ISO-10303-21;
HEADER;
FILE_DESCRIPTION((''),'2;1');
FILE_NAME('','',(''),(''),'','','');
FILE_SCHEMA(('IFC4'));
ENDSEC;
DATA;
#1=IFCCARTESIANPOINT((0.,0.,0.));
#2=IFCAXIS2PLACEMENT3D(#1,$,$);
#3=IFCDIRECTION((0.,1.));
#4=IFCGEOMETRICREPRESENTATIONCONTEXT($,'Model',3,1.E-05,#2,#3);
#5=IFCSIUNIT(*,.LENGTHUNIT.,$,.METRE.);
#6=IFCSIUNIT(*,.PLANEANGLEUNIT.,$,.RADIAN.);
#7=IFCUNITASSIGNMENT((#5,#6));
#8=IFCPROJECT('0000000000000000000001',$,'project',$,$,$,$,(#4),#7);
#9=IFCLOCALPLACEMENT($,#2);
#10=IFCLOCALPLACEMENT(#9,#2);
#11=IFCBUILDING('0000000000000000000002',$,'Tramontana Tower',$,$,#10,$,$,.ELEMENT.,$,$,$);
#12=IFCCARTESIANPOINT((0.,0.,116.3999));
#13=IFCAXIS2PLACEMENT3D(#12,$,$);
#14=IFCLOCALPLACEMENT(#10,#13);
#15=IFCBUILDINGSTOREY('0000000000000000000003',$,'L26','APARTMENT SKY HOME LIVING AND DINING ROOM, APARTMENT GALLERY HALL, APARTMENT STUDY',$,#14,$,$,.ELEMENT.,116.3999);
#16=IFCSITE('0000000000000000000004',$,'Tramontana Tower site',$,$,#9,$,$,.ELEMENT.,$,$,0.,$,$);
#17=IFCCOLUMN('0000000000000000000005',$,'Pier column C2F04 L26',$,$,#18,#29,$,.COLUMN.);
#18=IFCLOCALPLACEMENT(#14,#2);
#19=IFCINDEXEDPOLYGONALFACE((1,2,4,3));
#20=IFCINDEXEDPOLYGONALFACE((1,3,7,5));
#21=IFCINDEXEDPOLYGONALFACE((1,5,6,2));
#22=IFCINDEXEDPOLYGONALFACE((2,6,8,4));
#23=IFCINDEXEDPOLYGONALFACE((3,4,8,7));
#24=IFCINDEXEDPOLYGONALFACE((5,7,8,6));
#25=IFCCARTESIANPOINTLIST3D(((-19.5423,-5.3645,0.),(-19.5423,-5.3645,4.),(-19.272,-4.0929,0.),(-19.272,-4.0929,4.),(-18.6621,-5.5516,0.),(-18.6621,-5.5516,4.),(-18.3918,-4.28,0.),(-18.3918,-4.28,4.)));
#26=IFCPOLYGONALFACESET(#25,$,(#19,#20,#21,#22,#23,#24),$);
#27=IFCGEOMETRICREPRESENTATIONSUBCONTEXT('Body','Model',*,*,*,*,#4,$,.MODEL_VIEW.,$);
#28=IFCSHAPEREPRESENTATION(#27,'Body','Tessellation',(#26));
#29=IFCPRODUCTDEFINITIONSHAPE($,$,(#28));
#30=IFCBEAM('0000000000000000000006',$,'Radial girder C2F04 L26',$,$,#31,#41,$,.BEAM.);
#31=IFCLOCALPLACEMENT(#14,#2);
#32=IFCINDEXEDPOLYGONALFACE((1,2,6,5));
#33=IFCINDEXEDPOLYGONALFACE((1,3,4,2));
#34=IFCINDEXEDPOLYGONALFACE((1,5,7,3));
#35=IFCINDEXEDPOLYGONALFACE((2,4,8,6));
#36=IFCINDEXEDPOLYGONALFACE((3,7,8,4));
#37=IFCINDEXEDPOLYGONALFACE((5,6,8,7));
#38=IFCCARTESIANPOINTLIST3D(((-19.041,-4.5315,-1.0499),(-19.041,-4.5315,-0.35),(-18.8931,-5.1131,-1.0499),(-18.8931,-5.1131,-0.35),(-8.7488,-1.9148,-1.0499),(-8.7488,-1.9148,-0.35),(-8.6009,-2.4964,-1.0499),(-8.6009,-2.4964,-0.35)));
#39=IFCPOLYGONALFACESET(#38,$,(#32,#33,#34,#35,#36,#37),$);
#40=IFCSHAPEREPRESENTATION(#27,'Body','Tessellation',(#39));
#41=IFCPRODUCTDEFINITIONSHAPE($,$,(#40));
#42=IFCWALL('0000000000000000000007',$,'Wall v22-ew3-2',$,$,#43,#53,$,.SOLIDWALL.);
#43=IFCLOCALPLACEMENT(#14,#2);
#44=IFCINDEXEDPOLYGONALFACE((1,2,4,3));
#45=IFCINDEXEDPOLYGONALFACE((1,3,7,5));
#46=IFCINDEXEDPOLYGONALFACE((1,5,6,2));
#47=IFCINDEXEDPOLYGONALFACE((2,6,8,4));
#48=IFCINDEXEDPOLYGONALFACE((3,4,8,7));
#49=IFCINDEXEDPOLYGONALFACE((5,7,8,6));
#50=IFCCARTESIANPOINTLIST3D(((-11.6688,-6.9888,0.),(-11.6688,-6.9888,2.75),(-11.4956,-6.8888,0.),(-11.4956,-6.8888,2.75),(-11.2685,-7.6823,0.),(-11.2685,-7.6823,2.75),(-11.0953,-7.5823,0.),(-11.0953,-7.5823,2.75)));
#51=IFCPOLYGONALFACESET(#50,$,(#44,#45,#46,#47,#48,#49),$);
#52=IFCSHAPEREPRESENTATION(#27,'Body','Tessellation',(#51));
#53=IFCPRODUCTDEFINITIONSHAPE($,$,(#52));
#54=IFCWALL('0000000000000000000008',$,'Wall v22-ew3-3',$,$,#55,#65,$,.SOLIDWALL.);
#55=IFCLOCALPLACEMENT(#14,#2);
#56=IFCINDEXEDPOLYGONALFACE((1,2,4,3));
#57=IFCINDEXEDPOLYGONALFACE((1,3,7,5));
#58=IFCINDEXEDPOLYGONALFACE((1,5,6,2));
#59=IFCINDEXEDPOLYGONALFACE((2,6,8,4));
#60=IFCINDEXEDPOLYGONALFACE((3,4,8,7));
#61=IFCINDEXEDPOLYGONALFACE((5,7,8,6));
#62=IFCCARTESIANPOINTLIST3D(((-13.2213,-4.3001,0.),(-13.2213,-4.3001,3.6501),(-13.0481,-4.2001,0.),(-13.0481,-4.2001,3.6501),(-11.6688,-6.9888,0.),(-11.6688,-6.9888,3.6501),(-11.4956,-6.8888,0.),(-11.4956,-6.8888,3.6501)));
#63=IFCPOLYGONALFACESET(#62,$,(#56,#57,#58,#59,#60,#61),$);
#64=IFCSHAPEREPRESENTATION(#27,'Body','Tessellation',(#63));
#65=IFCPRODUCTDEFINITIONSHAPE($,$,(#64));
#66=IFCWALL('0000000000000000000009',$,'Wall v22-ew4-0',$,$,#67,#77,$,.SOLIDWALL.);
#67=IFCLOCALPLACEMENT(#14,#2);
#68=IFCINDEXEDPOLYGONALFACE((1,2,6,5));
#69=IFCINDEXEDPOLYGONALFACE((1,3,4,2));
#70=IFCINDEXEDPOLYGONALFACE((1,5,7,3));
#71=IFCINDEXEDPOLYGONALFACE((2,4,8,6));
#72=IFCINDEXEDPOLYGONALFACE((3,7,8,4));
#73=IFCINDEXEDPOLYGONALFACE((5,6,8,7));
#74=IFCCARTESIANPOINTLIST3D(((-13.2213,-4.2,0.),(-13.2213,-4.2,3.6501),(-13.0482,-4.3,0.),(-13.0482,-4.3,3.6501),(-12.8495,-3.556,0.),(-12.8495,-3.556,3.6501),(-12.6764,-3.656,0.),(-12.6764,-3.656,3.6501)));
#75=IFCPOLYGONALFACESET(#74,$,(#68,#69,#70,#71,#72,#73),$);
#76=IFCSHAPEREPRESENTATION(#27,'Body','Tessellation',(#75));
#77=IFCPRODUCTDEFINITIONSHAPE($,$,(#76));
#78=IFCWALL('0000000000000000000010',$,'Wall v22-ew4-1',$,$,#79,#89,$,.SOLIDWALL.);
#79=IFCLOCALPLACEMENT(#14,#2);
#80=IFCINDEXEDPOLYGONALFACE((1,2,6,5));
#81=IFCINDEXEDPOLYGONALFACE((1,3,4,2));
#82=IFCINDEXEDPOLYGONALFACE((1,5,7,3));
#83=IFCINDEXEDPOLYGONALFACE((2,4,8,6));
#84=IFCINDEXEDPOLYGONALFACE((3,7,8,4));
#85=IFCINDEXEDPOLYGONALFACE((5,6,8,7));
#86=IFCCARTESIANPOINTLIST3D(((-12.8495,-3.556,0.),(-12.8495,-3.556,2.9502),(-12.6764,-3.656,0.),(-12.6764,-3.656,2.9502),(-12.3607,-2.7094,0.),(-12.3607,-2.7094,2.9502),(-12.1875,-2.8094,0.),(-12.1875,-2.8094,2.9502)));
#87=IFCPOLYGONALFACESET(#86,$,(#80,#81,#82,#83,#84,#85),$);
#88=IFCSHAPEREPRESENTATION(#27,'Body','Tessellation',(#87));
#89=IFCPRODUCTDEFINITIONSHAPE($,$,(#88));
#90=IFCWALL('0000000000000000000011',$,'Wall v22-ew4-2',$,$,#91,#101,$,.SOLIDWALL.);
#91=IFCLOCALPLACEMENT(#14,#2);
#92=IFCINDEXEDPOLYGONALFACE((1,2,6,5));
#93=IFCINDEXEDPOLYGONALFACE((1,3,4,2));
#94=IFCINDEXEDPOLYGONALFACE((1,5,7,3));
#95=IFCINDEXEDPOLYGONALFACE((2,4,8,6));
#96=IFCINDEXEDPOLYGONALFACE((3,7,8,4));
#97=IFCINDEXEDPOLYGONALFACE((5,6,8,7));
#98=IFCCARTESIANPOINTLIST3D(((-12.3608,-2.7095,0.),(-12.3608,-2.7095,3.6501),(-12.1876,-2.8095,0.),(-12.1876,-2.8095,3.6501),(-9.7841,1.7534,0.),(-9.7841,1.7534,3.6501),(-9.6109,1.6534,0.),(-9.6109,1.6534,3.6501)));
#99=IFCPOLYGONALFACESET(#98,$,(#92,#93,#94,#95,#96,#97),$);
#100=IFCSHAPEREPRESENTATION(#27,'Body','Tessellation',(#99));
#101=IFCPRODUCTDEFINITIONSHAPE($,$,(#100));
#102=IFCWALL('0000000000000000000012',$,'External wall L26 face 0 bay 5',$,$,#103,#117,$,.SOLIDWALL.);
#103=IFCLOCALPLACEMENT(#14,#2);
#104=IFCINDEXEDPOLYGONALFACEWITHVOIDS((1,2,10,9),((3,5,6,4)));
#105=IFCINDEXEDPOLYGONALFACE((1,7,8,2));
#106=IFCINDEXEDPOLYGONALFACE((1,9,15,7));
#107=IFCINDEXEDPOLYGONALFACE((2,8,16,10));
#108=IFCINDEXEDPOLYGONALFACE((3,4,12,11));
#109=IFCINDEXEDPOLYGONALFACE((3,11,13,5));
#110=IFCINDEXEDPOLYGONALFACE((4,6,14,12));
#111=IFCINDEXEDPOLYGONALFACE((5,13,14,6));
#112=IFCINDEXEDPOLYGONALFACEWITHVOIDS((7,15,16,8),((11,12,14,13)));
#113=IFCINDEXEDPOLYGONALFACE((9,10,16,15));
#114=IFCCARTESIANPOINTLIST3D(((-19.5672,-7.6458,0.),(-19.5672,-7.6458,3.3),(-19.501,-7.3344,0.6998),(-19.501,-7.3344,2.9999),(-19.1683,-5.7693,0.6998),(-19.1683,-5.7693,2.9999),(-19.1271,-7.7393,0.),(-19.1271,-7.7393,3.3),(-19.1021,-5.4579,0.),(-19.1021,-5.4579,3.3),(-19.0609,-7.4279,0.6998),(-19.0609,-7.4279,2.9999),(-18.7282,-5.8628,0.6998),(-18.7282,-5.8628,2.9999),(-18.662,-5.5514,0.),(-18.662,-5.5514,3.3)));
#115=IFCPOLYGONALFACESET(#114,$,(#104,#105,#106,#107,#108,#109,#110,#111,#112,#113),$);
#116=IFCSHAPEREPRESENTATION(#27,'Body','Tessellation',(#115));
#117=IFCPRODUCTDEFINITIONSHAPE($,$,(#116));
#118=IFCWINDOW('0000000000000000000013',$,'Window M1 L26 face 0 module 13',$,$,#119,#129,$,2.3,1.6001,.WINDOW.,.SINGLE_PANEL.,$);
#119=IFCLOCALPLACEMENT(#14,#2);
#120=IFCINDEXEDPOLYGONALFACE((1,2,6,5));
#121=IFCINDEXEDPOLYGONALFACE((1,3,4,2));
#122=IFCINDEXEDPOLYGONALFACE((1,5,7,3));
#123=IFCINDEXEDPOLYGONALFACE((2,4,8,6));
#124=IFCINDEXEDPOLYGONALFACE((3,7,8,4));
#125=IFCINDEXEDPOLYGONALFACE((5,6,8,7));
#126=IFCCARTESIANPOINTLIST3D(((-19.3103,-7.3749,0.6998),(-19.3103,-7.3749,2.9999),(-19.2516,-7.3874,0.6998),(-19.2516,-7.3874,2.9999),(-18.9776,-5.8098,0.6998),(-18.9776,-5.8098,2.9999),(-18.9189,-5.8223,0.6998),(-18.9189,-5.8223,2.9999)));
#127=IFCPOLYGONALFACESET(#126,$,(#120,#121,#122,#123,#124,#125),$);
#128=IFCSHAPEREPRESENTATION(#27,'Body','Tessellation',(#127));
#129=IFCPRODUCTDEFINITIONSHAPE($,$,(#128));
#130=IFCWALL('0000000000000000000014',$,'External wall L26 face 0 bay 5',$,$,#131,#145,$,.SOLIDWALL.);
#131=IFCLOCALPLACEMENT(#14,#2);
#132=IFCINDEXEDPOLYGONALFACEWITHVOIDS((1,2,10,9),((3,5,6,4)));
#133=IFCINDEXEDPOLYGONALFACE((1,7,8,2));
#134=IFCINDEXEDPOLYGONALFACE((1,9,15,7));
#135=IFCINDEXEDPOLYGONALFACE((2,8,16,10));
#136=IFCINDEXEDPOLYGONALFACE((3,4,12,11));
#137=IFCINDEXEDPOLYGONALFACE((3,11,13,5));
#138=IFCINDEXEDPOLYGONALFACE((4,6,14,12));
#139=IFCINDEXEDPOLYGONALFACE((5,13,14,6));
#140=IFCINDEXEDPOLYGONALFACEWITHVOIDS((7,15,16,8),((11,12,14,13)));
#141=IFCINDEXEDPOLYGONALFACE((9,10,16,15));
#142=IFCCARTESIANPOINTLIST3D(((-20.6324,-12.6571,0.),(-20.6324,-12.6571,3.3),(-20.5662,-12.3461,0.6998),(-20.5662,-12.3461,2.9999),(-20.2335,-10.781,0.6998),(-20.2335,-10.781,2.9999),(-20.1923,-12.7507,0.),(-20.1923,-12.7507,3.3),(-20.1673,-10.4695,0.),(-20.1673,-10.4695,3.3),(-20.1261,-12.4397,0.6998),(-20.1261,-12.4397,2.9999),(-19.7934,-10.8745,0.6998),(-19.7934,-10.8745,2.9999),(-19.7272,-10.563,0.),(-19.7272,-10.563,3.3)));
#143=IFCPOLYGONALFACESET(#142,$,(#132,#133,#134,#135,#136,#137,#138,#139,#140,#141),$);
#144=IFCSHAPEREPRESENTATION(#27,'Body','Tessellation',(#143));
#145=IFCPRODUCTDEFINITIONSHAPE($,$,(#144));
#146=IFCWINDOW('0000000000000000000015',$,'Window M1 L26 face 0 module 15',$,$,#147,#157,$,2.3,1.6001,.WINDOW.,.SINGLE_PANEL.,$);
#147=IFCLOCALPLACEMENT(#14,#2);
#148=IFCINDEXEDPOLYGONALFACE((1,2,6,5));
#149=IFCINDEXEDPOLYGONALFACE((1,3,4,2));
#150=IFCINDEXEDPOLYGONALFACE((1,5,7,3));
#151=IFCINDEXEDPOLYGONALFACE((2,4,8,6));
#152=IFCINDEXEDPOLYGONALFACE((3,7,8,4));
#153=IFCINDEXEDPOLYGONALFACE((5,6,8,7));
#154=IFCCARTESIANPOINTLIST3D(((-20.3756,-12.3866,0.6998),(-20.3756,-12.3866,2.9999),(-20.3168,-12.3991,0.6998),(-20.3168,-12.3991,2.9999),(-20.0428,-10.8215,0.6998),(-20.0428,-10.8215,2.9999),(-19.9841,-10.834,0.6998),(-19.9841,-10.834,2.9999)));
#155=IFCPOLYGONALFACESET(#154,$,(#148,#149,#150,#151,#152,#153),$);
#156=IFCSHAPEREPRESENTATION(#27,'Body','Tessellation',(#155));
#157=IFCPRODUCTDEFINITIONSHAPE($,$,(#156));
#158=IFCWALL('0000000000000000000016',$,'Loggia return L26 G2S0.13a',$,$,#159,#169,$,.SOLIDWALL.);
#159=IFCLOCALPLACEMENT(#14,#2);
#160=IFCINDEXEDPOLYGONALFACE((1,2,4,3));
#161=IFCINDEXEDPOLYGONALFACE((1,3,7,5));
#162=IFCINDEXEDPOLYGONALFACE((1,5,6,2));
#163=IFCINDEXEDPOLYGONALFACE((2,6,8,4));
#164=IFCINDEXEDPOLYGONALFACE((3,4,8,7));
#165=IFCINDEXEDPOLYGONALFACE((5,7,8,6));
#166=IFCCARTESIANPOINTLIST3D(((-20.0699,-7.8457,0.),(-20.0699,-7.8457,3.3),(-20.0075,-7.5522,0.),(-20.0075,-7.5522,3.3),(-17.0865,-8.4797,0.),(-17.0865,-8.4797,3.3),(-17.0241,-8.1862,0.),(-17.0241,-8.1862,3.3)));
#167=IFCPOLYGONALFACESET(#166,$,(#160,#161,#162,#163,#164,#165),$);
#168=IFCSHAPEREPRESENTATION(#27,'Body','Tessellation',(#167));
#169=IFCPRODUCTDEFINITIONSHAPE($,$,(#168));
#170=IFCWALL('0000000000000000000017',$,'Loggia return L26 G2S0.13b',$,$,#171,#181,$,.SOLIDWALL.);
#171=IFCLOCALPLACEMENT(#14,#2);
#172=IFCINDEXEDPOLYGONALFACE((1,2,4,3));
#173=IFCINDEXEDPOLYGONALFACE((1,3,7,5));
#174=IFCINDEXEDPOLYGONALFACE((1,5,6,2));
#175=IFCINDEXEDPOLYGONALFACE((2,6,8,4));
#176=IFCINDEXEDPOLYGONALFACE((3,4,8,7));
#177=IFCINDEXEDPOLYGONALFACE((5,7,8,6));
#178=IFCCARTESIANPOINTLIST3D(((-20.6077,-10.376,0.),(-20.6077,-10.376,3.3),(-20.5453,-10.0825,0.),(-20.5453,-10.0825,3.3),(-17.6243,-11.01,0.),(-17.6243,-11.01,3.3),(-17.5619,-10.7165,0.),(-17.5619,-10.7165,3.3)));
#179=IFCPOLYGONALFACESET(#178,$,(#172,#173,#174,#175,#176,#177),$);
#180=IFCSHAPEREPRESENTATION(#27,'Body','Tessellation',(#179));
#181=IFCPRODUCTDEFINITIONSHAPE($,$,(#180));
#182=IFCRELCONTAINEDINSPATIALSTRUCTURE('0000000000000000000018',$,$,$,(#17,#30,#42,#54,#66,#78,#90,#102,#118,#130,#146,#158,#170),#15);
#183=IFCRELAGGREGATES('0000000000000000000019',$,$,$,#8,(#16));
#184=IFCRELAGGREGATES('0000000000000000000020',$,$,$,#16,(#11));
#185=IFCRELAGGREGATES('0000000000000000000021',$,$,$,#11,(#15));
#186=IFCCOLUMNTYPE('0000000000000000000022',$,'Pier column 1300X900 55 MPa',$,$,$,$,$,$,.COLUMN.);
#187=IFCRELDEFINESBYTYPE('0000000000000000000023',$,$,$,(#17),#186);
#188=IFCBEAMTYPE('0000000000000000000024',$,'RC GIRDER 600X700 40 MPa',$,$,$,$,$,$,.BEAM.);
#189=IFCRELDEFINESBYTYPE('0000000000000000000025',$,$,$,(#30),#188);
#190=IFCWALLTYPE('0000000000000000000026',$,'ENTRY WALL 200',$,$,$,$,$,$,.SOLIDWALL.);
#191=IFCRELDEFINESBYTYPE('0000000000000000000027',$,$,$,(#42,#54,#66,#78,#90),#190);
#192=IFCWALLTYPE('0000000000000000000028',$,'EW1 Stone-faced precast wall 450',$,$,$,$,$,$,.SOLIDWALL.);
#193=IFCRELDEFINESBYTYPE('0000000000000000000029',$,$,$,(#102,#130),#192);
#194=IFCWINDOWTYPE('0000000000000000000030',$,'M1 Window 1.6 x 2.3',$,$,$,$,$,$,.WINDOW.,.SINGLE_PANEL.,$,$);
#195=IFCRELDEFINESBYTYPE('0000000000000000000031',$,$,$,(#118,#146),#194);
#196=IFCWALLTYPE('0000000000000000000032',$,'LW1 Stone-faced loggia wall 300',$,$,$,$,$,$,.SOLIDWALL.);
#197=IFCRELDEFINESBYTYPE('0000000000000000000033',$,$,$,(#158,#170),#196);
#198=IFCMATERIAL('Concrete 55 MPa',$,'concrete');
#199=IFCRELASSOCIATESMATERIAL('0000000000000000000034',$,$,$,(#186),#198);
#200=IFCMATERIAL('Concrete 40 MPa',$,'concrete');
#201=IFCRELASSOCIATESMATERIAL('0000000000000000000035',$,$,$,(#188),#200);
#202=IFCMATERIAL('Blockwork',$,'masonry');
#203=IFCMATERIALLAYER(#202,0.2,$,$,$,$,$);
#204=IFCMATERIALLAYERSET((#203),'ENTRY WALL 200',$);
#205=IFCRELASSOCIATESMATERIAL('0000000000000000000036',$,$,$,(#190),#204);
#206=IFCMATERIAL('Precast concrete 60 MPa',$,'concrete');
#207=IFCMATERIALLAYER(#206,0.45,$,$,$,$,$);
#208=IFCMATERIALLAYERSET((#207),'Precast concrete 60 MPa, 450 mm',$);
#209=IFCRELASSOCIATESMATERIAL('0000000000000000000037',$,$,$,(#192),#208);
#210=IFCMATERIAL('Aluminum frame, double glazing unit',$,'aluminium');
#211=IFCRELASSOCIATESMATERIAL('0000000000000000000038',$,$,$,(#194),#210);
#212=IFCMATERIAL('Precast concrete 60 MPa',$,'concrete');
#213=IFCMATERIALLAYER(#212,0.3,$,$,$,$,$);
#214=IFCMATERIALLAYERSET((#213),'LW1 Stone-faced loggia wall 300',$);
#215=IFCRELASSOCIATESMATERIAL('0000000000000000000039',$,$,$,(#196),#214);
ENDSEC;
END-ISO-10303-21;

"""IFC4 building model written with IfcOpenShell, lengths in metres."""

from ifc_helpers import new_model, si_unit, direction, frame, frame_2d, origin, origin_2d, place, context, subcontext, project, spatial, rectangle, extrude, material, layer, layer_set, material_profile, profile_set, type_object, element, fill, save


model = new_model("IFC4")

# Units and contexts
model_context = context("Model", 3, precision=1e-05, world=origin(), true_north=direction((0.0, 1.0)))
body_context = subcontext(model_context, "Body", "Model", "MODEL_VIEW")
ifc_project = project(units=[si_unit("LENGTHUNIT", "METRE"), si_unit("PLANEANGLEUNIT", "RADIAN")], contexts=[model_context])

# Site, building, storey
site_placement = place(None, origin())
site = spatial("IfcSite", under=ifc_project, at=site_placement, Name="Tramontana Tower site", CompositionType="ELEMENT", RefElevation=0.0)
building_placement = place(site_placement, origin())
building = spatial("IfcBuilding", under=site, at=building_placement, Name="Tramontana Tower", CompositionType="ELEMENT")
storey_placement = place(building_placement, frame((0.0, 0.0, 116.3999)))
storey = spatial("IfcBuildingStorey", under=building, at=storey_placement, Name="L26", Description="APARTMENT SKY HOME LIVING AND DINING ROOM, APARTMENT GALLERY HALL, APARTMENT STUDY", CompositionType="ELEMENT", Elevation=116.3999)

# Column
ifc_material_1 = material(Name="Concrete 55 MPa", Category="concrete")
ifc_material_profile_1 = material_profile(ifc_material_1, rectangle(XDim=1.3, YDim=0.8999, at=origin_2d()), Name="Pier column 1300X900 55 MPa")
ifc_profile_set_1 = profile_set([ifc_material_profile_1], Name="Concrete 55 MPa")
column_type = type_object("IfcColumnType", Name="Pier column 1300X900 55 MPa", PredefinedType="COLUMN", material=ifc_profile_set_1)
column_placement = place(storey_placement, frame((-18.967, -4.8223, 0.0), z_axis=(0.0, 0.0, 1.0), x_axis=(-0.207912, -0.978148, 0.0)))
element("IfcColumn", 1, at=column_placement, inside=storey, type_object=column_type, Name="Pier column C2F04 L26", PredefinedType="COLUMN", context=body_context, shape_type="SweptSolid", body=[
    extrude(rectangle(XDim=1.3, YDim=0.8999, at=origin_2d()), origin(), (0.0, 0.0, 1.0), 4.0),
])

# Beam
ifc_material_2 = material(Name="Concrete 40 MPa", Category="concrete")
ifc_material_profile_2 = material_profile(ifc_material_2, rectangle(XDim=0.6001, YDim=0.7, at=origin_2d()), Name="RC GIRDER 600X700 40 MPa")
ifc_profile_set_2 = profile_set([ifc_material_profile_2], Name="Concrete 40 MPa")
beam_type = type_object("IfcBeamType", Name="RC GIRDER 600X700 40 MPa", PredefinedType="BEAM", material=ifc_profile_set_2)
beam_placement = place(storey_placement, frame((-18.967, -4.8223, -0.7), z_axis=(0.969168, 0.246401, 0.0), x_axis=(-0.246401, 0.969168, 0.0)))
element("IfcBeam", 2, at=beam_placement, inside=storey, type_object=beam_type, Name="Radial girder C2F04 L26", PredefinedType="BEAM", context=body_context, shape_type="SweptSolid", body=[
    extrude(rectangle(XDim=0.6001, YDim=0.7, at=origin_2d()), origin(), (0.0, 0.0, 1.0), 10.6196),
])

# Walls
ifc_material_3 = material(Name="Blockwork", Category="masonry")
ifc_layer_1 = layer(ifc_material_3, 0.2)
ifc_layer_set_1 = layer_set([ifc_layer_1], Name="ENTRY WALL 200")
wall_type_1 = type_object("IfcWallType", Name="ENTRY WALL 200", PredefinedType="SOLIDWALL", material=ifc_layer_set_1)
wall_1_placement = place(storey_placement, frame((-11.1819, -7.6323, 0.0), z_axis=(0.0, 0.0, 1.0), x_axis=(-0.499942, 0.866059, 0.0)))
element("IfcWall", 3, at=wall_1_placement, inside=storey, type_object=wall_type_1, Name="Wall v22-ew3-2", PredefinedType="SOLIDWALL", context=body_context, shape_type="SweptSolid", body=[
    extrude(rectangle(XDim=0.8008, YDim=0.2, at=frame_2d((0.4004, 0.0))), origin(), (0.0, 0.0, 1.0), 2.75),
])
wall_2_placement = place(storey_placement, frame((-11.5823, -6.9387, 0.0), z_axis=(0.0, 0.0, 1.0), x_axis=(-0.500038, 0.866004, 0.0)))
element("IfcWall", 4, at=wall_2_placement, inside=storey, type_object=wall_type_1, Name="Wall v22-ew3-3", PredefinedType="SOLIDWALL", context=body_context, shape_type="SweptSolid", body=[
    extrude(rectangle(XDim=3.1047, YDim=0.2, at=frame_2d((1.5522, 0.0))), origin(), (0.0, 0.0, 1.0), 3.6501),
])
wall_3_placement = place(storey_placement, frame((-13.1348, -4.25, 0.0), z_axis=(0.0, 0.0, 1.0), x_axis=(0.499988, 0.866033, 0.0)))
element("IfcWall", 5, at=wall_3_placement, inside=storey, type_object=wall_type_1, Name="Wall v22-ew4-0", PredefinedType="SOLIDWALL", context=body_context, shape_type="SweptSolid", body=[
    extrude(rectangle(XDim=0.7437, YDim=0.2, at=frame_2d((0.3718, 0.0))), origin(), (0.0, 0.0, 1.0), 3.6501),
])
wall_4_placement = place(storey_placement, frame((-12.7629, -3.606, 0.0), z_axis=(0.0, 0.0, 1.0), x_axis=(0.500061, 0.86599, 0.0)))
element("IfcWall", 6, at=wall_4_placement, inside=storey, type_object=wall_type_1, Name="Wall v22-ew4-1", PredefinedType="SOLIDWALL", context=body_context, shape_type="SweptSolid", body=[
    extrude(rectangle(XDim=0.9775, YDim=0.2, at=frame_2d((0.4888, 0.0))), origin(), (0.0, 0.0, 1.0), 2.9502),
])
wall_5_placement = place(storey_placement, frame((-12.2742, -2.7595, 0.0), z_axis=(0.0, 0.0, 1.0), x_axis=(0.500001, 0.866025, 0.0)))
element("IfcWall", 7, at=wall_5_placement, inside=storey, type_object=wall_type_1, Name="Wall v22-ew4-2", PredefinedType="SOLIDWALL", context=body_context, shape_type="SweptSolid", body=[
    extrude(rectangle(XDim=5.1533, YDim=0.2, at=frame_2d((2.5767, 0.0))), origin(), (0.0, 0.0, 1.0), 3.6501),
])

# Walls, openings, windows
ifc_material_4 = material(Name="Precast concrete 60 MPa", Category="concrete")
ifc_layer_2 = layer(ifc_material_4, 0.45)
ifc_layer_set_2 = layer_set([ifc_layer_2], Name="Precast concrete 60 MPa, 450 mm")
wall_type_2 = type_object("IfcWallType", Name="EW1 Stone-faced precast wall 450", PredefinedType="SOLIDWALL", material=ifc_layer_set_2)
wall_6_placement = place(storey_placement, frame((-18.8821, -5.5046, 0.0), z_axis=(0.0, 0.0, 1.0), x_axis=(-0.207919, -0.978146, 0.0)))
wall_6 = element("IfcWall", 8, at=wall_6_placement, inside=storey, type_object=wall_type_2, Name="External wall L26 face 0 bay 5", PredefinedType="SOLIDWALL", context=body_context, shape_type="SweptSolid", body=[
    extrude(rectangle(XDim=2.2368, YDim=0.45, at=frame_2d((1.1184, 0.0))), origin(), (0.0, 0.0, 1.0), 3.3),
])
opening_1_placement = place(wall_6_placement, frame((0.3184, 0.0, 0.7)))
opening_1 = element("IfcOpeningElement", 9, at=opening_1_placement, cuts=wall_6, PredefinedType="OPENING", context=body_context, shape_type="SweptSolid", body=[
    extrude(rectangle(XDim=1.6001, YDim=2.3, at=frame_2d((0.8, 1.1499))), frame((0.0, 0.2349, 0.0), z_axis=(0.0, -1.0, 0.0), x_axis=(1.0, 0.0, 0.0)), (0.0, 0.0, 1.0), 0.47),
])
ifc_material_5 = material(Name="Aluminum frame, double glazing unit", Category="aluminium")
window_type = type_object("IfcWindowType", Name="M1 Window 1.6 x 2.3", PartitioningType="SINGLE_PANEL", PredefinedType="WINDOW", material=ifc_material_5)
window_1_placement = place(opening_1_placement, origin())
window_1 = element("IfcWindow", 10, at=window_1_placement, inside=storey, type_object=window_type, Name="Window M1 L26 face 0 module 13", OverallHeight=2.3, OverallWidth=1.6001, PartitioningType="SINGLE_PANEL", PredefinedType="WINDOW", context=body_context, shape_type="SweptSolid", body=[
    extrude(rectangle(XDim=1.6001, YDim=2.3, at=frame_2d((0.8, 1.1499))), frame((0.0, 0.03, 0.0), z_axis=(0.0, -1.0, 0.0), x_axis=(1.0, 0.0, 0.0)), (0.0, 0.0, 1.0), 0.0601),
])
fill(opening_1, window_1)
wall_7_placement = place(storey_placement, frame((-19.9473, -10.5164, 0.0), z_axis=(0.0, 0.0, 1.0), x_axis=(-0.207941, -0.978141, 0.0)))
wall_7 = element("IfcWall", 11, at=wall_7_placement, inside=storey, type_object=wall_type_2, Name="External wall L26 face 0 bay 5", PredefinedType="SOLIDWALL", context=body_context, shape_type="SweptSolid", body=[
    extrude(rectangle(XDim=2.2366, YDim=0.45, at=frame_2d((1.1182, 0.0))), origin(), (0.0, 0.0, 1.0), 3.3),
])
opening_2_placement = place(wall_7_placement, frame((0.3184, 0.0, 0.7)))
opening_2 = element("IfcOpeningElement", 12, at=opening_2_placement, cuts=wall_7, PredefinedType="OPENING", context=body_context, shape_type="SweptSolid", body=[
    extrude(rectangle(XDim=1.6001, YDim=2.3, at=frame_2d((0.8, 1.1499))), frame((0.0, 0.2349, 0.0), z_axis=(0.0, -1.0, 0.0), x_axis=(1.0, 0.0, 0.0)), (0.0, 0.0, 1.0), 0.47),
])
window_2_placement = place(opening_2_placement, origin())
window_2 = element("IfcWindow", 13, at=window_2_placement, inside=storey, type_object=window_type, Name="Window M1 L26 face 0 module 15", OverallHeight=2.3, OverallWidth=1.6001, PartitioningType="SINGLE_PANEL", PredefinedType="WINDOW", context=body_context, shape_type="SweptSolid", body=[
    extrude(rectangle(XDim=1.6001, YDim=2.3, at=frame_2d((0.8, 1.1499))), frame((0.0, 0.03, 0.0), z_axis=(0.0, -1.0, 0.0), x_axis=(1.0, 0.0, 0.0)), (0.0, 0.0, 1.0), 0.0601),
])
fill(opening_2, window_2)

# Shared definitions
ifc_material_6 = material(Name="Precast concrete 60 MPa", Category="concrete")
ifc_layer_3 = layer(ifc_material_6, 0.3)
ifc_layer_set_3 = layer_set([ifc_layer_3], Name="LW1 Stone-faced loggia wall 300")
wall_type_3 = type_object("IfcWallType", Name="LW1 Stone-faced loggia wall 300", PredefinedType="SOLIDWALL", material=ifc_layer_set_3)

# Walls
for number, where, z_axis, x_axis, name in (
    (14, (-20.0386, -7.699, 0.0), (0.0, 0.0, 1.0), (0.978155, -0.207878, 0.0), "Loggia return L26 G2S0.13a"),
    (15, (-20.5764, -10.2292, 0.0), (0.0, 0.0, 1.0), (0.978155, -0.207878, 0.0), "Loggia return L26 G2S0.13b"),
):
    element("IfcWall", number, at=place(storey_placement, frame(where, z_axis=z_axis, x_axis=x_axis)), inside=storey, type_object=wall_type_3, Name=name, PredefinedType="SOLIDWALL", context=body_context, shape_type="SweptSolid", body=[
        extrude(rectangle(XDim=3.05, YDim=0.3, at=frame_2d((1.5249, 0.0))), origin(), (0.0, 0.0, 1.0), 3.3),
    ])

save(model, "model.ifc")
